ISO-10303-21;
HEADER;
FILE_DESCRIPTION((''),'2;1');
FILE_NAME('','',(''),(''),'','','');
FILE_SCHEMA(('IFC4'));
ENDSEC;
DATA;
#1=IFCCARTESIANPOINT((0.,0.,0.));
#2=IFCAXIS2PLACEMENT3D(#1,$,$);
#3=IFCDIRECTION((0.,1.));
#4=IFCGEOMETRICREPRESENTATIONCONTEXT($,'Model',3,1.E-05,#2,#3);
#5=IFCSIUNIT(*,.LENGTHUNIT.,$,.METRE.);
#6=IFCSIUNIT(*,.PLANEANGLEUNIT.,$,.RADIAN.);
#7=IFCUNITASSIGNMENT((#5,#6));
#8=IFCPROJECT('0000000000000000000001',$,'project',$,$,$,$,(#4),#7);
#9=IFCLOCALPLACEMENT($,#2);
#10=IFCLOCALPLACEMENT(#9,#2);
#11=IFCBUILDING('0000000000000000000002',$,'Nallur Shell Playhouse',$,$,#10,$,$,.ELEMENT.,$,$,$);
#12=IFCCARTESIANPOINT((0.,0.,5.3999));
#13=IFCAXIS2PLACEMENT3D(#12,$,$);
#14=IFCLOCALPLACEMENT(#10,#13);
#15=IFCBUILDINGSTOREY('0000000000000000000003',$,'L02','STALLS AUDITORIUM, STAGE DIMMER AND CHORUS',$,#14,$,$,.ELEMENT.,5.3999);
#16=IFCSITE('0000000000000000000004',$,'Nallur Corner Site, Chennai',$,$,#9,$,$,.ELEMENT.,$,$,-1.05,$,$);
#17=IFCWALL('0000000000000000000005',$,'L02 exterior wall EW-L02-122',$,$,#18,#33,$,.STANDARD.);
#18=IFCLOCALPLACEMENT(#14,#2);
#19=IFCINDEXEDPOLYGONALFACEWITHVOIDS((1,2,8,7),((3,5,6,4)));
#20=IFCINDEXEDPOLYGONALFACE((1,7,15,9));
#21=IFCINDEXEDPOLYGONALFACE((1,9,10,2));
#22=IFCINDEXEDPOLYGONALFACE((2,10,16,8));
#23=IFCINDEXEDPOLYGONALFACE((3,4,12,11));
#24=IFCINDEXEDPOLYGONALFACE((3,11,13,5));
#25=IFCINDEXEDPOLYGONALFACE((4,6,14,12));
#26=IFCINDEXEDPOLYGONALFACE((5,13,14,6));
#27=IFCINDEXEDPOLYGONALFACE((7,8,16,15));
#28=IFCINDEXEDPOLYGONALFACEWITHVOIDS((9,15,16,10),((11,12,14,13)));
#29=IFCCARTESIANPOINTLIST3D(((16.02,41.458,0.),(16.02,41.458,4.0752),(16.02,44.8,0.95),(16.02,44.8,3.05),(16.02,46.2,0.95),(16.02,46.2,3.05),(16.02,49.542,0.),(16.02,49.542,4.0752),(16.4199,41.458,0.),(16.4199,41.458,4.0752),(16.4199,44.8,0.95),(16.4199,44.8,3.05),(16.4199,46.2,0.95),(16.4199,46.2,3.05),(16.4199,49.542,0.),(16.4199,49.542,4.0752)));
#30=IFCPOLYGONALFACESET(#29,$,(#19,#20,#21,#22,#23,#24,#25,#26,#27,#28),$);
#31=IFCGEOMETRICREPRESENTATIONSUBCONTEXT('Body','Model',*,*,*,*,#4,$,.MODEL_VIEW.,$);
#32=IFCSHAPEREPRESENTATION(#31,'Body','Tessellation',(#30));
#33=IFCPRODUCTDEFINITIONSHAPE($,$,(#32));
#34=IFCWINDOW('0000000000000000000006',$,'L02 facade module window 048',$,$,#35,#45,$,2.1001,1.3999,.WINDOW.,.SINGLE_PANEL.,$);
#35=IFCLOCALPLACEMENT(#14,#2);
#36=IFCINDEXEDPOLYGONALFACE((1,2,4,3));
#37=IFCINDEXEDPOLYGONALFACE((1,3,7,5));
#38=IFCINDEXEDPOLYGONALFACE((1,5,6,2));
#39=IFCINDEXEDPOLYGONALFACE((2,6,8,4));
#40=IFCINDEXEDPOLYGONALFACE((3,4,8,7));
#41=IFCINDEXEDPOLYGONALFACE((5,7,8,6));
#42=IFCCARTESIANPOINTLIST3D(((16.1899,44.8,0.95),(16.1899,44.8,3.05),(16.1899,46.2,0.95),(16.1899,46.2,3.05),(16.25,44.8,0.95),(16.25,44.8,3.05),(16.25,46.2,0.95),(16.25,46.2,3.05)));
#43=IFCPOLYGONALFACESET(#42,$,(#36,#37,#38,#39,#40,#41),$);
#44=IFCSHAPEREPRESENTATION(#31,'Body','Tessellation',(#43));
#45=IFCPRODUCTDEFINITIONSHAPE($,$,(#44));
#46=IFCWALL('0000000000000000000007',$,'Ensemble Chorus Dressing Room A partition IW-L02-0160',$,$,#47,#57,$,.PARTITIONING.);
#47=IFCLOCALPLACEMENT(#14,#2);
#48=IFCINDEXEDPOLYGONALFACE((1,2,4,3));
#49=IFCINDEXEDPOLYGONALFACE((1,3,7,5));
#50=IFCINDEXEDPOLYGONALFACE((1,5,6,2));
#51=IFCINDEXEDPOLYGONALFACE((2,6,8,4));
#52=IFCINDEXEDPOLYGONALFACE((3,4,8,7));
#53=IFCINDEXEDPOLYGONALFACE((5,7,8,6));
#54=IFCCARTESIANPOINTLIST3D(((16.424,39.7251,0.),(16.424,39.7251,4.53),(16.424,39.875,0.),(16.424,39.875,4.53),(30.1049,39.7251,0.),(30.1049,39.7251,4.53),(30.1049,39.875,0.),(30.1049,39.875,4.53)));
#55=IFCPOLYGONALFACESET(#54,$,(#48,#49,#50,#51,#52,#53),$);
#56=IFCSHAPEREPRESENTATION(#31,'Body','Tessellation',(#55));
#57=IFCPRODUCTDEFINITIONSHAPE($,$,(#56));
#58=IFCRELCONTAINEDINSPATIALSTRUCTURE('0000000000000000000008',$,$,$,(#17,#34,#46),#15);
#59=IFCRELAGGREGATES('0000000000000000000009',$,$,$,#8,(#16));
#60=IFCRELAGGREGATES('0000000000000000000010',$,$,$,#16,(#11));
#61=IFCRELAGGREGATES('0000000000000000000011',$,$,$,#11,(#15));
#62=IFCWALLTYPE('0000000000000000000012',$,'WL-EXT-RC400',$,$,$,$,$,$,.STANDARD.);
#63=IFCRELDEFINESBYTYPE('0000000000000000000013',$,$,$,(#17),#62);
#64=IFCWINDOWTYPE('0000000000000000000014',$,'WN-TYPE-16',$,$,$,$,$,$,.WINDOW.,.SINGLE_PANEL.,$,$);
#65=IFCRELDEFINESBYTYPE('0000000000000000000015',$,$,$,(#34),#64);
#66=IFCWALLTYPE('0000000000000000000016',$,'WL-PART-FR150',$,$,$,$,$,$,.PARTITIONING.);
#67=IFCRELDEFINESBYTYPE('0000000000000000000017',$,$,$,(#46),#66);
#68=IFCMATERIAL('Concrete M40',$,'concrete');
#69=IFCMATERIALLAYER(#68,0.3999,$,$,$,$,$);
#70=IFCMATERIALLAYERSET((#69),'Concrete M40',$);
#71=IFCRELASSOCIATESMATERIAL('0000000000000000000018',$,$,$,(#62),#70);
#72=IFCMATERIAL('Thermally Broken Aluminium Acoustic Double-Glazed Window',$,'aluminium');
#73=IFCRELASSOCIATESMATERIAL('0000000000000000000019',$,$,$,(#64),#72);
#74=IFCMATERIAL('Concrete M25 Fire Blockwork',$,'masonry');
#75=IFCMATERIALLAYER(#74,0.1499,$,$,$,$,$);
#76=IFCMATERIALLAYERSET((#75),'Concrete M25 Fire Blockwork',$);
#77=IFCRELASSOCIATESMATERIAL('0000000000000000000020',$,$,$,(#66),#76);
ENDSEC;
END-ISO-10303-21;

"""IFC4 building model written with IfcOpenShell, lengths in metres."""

from ifc_helpers import new_model, si_unit, direction, frame, frame_2d, origin, place, context, subcontext, project, spatial, rectangle, extrude, material, layer, layer_set, type_object, element, fill, save


model = new_model("IFC4")

# Units and contexts
model_context = context("Model", 3, precision=1e-05, world=origin(), true_north=direction((0.0, 1.0)))
body_context = subcontext(model_context, "Body", "Model", "MODEL_VIEW")
ifc_project = project(units=[si_unit("LENGTHUNIT", "METRE"), si_unit("PLANEANGLEUNIT", "RADIAN")], contexts=[model_context])

# Site, building, storey
site_placement = place(None, origin())
site = spatial("IfcSite", under=ifc_project, at=site_placement, Name="Nallur Corner Site, Chennai", CompositionType="ELEMENT", RefElevation=-1.05)
building_placement = place(site_placement, origin())
building = spatial("IfcBuilding", under=site, at=building_placement, Name="Nallur Shell Playhouse", CompositionType="ELEMENT")
storey_placement = place(building_placement, frame((0.0, 0.0, 5.3999)))
storey = spatial("IfcBuildingStorey", under=building, at=storey_placement, Name="L02", Description="STALLS AUDITORIUM, STAGE DIMMER AND CHORUS", CompositionType="ELEMENT", Elevation=5.3999)

# Shared definitions
ifc_material_1 = material(Name="Concrete M40", Category="concrete")

# Wall, opening, window
ifc_layer_1 = layer(ifc_material_1, 0.3999)
ifc_layer_set_1 = layer_set([ifc_layer_1], Name="Concrete M40")
wall_type_1 = type_object("IfcWallType", Name="WL-EXT-RC400", PredefinedType="STANDARD", material=ifc_layer_set_1)
ifc_material_2 = material(Name="Thermally Broken Aluminium Acoustic Double-Glazed Window", Category="aluminium")
wall_1_placement = place(storey_placement, frame((16.22, 41.458, 0.0), z_axis=(0.0, 0.0, 1.0), x_axis=(0.0, 1.0, 0.0)))
wall_1 = element("IfcWall", 1, at=wall_1_placement, inside=storey, type_object=wall_type_1, Name="L02 exterior wall EW-L02-122", PredefinedType="STANDARD", context=body_context, shape_type="SweptSolid", body=[
    extrude(rectangle(XDim=8.084, YDim=0.3999, at=frame_2d((4.042, 0.0))), origin(), (0.0, 0.0, 1.0), 4.0752),
])
opening_1_placement = place(wall_1_placement, frame((3.342, 0.0, 0.95)))
opening_1 = element("IfcOpeningElement", 2, at=opening_1_placement, cuts=wall_1, PredefinedType="OPENING", context=body_context, shape_type="SweptSolid", body=[
    extrude(rectangle(XDim=1.3999, YDim=2.1001, at=frame_2d((0.7, 1.05))), frame((0.0, 0.21, 0.0), z_axis=(0.0, -1.0, 0.0), x_axis=(1.0, 0.0, 0.0)), (0.0, 0.0, 1.0), 0.4199),
])
window_type_1 = type_object("IfcWindowType", Name="WN-TYPE-16", PartitioningType="SINGLE_PANEL", PredefinedType="WINDOW", material=ifc_material_2)
window_1_placement = place(opening_1_placement, origin())
window_1 = element("IfcWindow", 3, at=window_1_placement, inside=storey, type_object=window_type_1, Name="L02 facade module window 048", OverallHeight=2.1001, OverallWidth=1.3999, PartitioningType="SINGLE_PANEL", PredefinedType="WINDOW", context=body_context, shape_type="SweptSolid", body=[
    extrude(rectangle(XDim=1.3999, YDim=2.1001, at=frame_2d((0.7, 1.05))), frame((0.0, 0.03, 0.0), z_axis=(0.0, -1.0, 0.0), x_axis=(1.0, 0.0, 0.0)), (0.0, 0.0, 1.0), 0.0601),
])
fill(opening_1, window_1)

# Wall
ifc_material_3 = material(Name="Concrete M25 Fire Blockwork", Category="masonry")
ifc_layer_2 = layer(ifc_material_3, 0.1499)
ifc_layer_set_2 = layer_set([ifc_layer_2], Name="Concrete M25 Fire Blockwork")
wall_type_2 = type_object("IfcWallType", Name="WL-PART-FR150", PredefinedType="PARTITIONING", material=ifc_layer_set_2)
wall_2_placement = place(storey_placement, frame((16.4241, 39.8, 0.0), z_axis=(0.0, 0.0, 1.0), x_axis=(1.0, 0.0, 0.0)))
element("IfcWall", 4, at=wall_2_placement, inside=storey, type_object=wall_type_2, Name="Ensemble Chorus Dressing Room A partition IW-L02-0160", PredefinedType="PARTITIONING", context=body_context, shape_type="SweptSolid", body=[
    extrude(rectangle(XDim=13.6809, YDim=0.1499, at=frame_2d((6.8403, 0.0))), origin(), (0.0, 0.0, 1.0), 4.53),
])

save(model, "model.ifc")
